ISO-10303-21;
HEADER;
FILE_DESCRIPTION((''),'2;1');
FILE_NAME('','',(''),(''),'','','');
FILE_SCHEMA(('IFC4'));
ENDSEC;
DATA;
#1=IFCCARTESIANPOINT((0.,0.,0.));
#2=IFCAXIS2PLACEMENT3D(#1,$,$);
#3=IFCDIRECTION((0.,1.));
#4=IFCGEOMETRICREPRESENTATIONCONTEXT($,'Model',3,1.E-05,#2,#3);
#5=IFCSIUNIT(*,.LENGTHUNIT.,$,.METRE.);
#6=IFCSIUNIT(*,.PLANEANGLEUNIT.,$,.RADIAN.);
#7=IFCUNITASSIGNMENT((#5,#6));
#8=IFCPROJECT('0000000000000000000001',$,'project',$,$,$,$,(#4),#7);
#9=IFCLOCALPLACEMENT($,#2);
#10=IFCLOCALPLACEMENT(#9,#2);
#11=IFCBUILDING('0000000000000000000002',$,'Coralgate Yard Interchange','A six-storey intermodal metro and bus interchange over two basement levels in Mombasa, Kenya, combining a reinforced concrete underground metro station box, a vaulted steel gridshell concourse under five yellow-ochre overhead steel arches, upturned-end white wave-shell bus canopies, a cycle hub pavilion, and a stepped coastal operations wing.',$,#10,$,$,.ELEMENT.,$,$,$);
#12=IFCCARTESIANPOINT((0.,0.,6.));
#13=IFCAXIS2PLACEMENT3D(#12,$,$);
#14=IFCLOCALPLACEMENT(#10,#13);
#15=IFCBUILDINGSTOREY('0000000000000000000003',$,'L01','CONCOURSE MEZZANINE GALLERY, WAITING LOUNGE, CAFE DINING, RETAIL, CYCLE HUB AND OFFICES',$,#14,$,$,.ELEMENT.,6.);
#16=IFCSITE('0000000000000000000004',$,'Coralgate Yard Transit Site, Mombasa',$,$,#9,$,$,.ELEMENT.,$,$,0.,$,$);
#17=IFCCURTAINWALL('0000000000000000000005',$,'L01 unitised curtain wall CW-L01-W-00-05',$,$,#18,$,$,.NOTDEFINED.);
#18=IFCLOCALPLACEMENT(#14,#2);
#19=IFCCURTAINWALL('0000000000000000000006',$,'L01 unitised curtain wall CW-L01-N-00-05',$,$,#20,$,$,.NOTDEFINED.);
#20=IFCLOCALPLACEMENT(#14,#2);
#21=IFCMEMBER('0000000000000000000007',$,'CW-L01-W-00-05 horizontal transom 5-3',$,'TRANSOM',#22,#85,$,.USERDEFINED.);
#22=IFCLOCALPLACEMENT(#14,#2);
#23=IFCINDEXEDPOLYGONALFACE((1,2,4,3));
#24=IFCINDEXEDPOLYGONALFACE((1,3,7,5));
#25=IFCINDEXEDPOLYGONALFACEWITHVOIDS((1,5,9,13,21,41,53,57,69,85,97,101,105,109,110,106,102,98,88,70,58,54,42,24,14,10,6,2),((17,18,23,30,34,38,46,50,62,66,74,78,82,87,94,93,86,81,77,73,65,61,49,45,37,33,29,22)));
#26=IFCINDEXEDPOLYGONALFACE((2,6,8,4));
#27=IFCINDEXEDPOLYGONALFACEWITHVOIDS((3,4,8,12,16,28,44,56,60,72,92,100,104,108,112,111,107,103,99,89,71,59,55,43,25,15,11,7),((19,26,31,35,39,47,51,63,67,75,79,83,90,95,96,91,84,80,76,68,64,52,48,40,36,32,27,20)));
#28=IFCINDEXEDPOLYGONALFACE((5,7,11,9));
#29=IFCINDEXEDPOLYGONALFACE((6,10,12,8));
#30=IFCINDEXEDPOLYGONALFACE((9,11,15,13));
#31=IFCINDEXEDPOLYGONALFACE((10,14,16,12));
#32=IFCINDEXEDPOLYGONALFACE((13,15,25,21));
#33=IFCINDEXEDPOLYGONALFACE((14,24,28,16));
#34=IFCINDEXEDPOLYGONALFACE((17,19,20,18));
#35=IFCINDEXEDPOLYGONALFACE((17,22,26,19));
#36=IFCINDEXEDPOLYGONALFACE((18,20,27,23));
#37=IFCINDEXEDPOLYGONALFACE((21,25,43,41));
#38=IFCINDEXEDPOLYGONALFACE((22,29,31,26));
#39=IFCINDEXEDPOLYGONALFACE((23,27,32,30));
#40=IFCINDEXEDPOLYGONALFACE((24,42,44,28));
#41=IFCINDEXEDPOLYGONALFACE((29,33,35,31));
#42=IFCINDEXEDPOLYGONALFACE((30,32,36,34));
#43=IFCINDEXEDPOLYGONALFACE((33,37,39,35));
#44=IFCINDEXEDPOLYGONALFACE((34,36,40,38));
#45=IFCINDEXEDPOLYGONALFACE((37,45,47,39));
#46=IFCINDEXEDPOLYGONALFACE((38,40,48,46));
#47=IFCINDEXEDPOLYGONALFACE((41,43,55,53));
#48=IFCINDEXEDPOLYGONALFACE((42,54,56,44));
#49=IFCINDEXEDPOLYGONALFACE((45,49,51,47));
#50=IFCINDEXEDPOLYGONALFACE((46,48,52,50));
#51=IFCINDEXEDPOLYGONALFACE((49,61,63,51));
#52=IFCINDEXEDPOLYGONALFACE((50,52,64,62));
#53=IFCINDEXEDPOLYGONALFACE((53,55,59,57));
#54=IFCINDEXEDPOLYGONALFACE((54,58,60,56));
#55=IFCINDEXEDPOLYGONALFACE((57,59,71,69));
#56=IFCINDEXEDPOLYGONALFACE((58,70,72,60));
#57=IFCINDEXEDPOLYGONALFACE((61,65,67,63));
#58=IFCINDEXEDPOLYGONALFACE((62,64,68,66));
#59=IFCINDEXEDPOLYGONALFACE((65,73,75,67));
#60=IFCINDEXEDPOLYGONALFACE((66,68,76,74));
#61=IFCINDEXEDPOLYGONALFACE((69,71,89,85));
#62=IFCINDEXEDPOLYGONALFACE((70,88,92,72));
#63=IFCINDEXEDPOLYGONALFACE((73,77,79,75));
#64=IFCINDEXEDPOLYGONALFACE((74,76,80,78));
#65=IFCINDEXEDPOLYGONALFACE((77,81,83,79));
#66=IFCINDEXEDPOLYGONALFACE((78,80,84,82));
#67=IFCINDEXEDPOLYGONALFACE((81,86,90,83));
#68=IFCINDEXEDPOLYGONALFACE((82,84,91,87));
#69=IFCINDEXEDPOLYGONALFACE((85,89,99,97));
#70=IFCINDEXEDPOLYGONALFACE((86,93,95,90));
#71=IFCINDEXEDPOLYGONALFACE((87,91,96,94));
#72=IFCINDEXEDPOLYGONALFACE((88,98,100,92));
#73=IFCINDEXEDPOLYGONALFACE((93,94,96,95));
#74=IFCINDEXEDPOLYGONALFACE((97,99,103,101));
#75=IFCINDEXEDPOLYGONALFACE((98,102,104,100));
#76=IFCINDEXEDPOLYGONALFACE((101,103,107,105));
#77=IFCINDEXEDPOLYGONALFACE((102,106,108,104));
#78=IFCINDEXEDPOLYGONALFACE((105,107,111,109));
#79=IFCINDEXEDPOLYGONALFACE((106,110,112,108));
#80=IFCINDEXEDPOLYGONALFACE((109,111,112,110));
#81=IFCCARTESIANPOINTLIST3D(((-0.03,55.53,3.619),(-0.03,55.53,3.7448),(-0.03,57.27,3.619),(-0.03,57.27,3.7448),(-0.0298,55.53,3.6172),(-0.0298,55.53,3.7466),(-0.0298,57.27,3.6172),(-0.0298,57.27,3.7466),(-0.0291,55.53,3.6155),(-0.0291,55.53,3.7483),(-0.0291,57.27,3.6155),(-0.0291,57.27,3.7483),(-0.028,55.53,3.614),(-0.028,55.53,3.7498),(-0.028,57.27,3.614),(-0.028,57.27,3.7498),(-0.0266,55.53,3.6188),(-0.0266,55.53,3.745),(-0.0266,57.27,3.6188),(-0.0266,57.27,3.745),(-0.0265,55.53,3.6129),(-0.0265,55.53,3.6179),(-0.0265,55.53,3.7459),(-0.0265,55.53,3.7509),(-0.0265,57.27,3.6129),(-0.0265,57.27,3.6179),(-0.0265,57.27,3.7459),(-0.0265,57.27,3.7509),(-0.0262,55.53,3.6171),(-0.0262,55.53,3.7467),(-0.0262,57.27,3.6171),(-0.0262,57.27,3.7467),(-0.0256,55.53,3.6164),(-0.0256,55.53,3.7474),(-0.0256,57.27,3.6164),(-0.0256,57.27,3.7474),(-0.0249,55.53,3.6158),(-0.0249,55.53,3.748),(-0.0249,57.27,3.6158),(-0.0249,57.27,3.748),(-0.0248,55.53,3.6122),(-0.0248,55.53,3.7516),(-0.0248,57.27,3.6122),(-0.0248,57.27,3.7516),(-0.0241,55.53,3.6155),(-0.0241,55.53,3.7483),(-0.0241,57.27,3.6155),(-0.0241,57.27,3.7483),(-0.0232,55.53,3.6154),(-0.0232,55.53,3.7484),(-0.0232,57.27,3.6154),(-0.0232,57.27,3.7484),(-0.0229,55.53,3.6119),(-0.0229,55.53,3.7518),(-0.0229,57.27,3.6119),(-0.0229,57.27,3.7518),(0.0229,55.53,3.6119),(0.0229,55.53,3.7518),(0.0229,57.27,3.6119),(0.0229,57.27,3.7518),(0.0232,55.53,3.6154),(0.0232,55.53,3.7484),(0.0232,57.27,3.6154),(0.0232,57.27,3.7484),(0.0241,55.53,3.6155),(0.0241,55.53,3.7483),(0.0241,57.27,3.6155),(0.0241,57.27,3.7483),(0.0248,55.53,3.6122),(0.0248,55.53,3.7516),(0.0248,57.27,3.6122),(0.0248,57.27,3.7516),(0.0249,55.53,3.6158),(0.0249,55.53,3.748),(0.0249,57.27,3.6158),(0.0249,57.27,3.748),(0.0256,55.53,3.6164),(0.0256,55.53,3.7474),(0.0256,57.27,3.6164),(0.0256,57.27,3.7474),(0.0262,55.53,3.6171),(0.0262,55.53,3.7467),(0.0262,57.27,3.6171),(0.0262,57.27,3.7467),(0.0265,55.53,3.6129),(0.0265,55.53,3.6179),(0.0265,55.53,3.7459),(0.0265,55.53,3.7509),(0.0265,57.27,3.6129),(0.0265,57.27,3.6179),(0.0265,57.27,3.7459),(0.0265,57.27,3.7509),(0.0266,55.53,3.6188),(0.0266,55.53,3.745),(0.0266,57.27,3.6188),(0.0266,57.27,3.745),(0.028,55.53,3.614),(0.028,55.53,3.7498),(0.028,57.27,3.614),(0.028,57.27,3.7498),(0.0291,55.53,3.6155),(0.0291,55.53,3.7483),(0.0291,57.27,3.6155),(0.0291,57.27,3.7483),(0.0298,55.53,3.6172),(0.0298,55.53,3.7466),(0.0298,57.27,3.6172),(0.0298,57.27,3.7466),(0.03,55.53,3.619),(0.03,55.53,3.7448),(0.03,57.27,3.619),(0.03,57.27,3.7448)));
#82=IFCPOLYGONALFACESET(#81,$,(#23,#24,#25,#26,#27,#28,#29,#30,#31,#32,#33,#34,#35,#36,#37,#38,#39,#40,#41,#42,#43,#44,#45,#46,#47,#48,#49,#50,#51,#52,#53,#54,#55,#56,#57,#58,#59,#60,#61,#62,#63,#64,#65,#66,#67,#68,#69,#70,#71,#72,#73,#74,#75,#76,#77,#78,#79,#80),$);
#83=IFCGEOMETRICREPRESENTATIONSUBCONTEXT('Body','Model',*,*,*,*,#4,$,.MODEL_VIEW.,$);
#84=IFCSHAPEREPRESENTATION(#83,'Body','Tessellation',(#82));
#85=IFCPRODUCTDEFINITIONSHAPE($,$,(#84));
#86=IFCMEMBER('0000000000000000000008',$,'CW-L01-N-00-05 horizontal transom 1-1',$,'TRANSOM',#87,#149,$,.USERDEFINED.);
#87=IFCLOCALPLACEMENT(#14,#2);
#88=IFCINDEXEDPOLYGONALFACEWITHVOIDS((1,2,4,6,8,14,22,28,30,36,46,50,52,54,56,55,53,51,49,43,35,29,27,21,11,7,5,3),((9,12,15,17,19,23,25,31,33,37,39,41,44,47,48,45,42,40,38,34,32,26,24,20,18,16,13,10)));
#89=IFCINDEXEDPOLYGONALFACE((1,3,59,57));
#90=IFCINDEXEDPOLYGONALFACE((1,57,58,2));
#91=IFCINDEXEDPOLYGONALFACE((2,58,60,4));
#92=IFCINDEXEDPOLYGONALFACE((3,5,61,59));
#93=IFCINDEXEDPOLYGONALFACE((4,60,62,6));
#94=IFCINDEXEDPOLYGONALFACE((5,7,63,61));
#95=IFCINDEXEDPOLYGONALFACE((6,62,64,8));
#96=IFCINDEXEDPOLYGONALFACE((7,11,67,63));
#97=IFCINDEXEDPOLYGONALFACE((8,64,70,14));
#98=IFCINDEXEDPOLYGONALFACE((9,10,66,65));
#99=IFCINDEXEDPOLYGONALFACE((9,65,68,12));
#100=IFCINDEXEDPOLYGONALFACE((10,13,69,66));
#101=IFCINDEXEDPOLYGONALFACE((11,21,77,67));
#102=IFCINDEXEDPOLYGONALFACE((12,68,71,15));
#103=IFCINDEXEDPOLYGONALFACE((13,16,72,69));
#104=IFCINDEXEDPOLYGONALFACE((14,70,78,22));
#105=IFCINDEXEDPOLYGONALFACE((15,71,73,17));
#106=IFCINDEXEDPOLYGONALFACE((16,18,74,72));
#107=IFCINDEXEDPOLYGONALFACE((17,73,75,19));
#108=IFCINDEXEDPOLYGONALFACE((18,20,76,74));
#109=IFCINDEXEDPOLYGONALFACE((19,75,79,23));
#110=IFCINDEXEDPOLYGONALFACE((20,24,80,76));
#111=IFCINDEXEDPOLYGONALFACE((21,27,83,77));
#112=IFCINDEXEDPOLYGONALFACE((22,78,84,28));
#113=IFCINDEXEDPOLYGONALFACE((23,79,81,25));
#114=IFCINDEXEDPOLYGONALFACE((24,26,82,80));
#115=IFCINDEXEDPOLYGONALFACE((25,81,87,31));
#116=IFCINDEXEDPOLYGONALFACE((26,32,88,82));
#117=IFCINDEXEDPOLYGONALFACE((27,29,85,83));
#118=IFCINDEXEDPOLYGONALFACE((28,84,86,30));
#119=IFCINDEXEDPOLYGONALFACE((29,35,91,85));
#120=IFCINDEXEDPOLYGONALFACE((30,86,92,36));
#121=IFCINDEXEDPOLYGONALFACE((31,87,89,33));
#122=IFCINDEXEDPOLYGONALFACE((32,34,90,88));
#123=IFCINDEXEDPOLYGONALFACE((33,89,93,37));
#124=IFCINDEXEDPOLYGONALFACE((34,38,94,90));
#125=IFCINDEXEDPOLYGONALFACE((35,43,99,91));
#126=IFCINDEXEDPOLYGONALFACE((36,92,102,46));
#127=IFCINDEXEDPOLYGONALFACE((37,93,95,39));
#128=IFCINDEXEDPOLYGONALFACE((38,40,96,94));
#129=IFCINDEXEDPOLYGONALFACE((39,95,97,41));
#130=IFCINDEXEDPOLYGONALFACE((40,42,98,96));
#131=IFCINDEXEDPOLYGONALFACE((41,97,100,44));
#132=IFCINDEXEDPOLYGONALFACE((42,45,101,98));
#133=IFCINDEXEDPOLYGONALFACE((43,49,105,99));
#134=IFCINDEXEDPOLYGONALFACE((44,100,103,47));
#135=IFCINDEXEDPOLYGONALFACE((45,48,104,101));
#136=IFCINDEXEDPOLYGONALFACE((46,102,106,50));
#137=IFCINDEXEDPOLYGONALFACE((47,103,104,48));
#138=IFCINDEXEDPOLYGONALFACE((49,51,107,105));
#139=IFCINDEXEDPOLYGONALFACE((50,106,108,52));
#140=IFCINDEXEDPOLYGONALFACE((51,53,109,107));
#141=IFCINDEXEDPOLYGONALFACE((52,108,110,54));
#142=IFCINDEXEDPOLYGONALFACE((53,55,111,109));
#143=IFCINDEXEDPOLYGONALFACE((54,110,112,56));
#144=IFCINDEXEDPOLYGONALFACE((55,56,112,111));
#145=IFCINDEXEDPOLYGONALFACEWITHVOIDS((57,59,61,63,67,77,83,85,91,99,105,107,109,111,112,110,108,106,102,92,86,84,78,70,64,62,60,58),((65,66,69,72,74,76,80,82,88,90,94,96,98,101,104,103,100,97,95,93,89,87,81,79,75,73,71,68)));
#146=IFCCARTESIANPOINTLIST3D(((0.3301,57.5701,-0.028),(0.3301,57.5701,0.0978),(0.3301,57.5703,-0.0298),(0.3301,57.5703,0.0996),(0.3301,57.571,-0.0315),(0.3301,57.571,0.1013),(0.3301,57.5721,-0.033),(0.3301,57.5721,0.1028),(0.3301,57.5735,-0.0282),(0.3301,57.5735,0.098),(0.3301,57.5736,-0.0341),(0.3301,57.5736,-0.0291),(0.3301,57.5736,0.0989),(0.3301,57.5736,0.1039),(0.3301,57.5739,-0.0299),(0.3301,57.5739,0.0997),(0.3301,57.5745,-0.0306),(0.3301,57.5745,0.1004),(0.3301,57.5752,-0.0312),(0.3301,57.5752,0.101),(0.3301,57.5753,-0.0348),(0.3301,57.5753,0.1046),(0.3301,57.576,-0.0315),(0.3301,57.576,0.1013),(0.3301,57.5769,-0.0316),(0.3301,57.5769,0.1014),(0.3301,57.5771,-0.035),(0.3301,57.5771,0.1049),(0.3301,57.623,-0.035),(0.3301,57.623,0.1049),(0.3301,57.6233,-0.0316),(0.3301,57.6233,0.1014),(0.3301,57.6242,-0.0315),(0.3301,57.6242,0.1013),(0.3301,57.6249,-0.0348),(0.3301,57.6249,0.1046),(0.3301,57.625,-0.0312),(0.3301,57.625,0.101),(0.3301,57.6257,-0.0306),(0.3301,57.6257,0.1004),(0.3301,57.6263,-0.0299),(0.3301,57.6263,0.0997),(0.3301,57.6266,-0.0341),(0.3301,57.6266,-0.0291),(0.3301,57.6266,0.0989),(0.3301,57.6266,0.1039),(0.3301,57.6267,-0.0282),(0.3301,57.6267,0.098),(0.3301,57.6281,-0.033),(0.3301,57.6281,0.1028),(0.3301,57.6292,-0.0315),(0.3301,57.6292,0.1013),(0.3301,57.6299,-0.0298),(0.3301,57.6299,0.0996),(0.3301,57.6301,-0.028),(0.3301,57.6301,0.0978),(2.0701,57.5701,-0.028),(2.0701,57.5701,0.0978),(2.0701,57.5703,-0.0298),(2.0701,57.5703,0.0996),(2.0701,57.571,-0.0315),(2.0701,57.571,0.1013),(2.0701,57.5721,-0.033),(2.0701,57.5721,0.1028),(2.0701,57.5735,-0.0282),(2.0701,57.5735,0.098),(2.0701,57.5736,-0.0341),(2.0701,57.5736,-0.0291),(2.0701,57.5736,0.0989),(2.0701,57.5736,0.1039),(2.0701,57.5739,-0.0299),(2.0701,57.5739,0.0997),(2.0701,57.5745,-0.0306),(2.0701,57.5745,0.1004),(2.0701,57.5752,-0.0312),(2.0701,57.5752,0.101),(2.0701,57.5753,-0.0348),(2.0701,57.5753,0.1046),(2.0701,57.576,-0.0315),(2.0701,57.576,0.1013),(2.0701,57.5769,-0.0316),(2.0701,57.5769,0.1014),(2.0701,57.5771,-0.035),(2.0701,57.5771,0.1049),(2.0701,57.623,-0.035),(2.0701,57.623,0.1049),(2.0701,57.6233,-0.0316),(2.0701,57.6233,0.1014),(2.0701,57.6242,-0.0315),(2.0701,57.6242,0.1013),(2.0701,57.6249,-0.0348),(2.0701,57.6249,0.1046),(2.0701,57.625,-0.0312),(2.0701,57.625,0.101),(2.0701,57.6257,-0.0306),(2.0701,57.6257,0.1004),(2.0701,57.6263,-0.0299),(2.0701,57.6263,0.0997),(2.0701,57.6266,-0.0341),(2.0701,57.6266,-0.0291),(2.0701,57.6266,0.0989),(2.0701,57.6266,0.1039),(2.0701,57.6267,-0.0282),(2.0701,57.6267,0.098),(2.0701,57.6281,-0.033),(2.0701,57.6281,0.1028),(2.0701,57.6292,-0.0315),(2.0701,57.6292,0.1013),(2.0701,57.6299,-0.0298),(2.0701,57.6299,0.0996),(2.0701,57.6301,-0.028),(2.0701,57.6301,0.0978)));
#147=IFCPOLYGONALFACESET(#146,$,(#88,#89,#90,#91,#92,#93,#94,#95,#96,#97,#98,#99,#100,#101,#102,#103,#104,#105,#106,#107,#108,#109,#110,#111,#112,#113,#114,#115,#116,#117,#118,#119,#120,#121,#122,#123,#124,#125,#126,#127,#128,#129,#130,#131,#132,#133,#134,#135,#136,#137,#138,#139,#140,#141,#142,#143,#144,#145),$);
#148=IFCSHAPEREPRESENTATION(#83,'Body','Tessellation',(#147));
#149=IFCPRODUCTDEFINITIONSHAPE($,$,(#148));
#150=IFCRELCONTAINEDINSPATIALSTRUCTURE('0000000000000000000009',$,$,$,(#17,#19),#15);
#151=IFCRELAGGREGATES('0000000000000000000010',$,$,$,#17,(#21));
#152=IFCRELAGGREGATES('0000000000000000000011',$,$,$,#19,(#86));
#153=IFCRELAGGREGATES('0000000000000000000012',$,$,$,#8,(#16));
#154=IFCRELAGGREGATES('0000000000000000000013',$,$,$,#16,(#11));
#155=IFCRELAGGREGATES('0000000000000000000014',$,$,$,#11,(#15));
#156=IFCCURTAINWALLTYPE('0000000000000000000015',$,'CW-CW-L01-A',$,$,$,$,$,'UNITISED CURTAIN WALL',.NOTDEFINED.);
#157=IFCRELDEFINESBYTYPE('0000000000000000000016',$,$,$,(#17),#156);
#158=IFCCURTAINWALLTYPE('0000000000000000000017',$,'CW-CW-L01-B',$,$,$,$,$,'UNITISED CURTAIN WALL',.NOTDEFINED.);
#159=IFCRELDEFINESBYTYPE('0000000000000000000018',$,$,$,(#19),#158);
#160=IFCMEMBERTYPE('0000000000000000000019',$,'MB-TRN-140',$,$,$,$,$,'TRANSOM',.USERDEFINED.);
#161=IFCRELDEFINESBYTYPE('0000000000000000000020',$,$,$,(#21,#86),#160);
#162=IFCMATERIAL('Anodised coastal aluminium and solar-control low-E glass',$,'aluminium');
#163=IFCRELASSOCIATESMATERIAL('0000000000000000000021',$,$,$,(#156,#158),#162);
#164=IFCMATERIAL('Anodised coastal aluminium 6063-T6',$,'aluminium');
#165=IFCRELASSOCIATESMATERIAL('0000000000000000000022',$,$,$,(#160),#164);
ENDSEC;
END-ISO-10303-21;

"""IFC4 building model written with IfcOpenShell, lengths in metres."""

from ifc_helpers import new_model, si_unit, direction, frame, origin, origin_2d, place, context, subcontext, project, spatial, hollow_rectangle, extrude, material, material_profile, profile_set, type_object, element, aggregate, save


model = new_model("IFC4")

# Units and contexts
model_context = context("Model", 3, precision=1e-05, world=origin(), true_north=direction((0.0, 1.0)))
body_context = subcontext(model_context, "Body", "Model", "MODEL_VIEW")
ifc_project = project(units=[si_unit("LENGTHUNIT", "METRE"), si_unit("PLANEANGLEUNIT", "RADIAN")], contexts=[model_context])

# Site, building, storey
site_placement = place(None, origin())
site = spatial("IfcSite", under=ifc_project, at=site_placement, Name="Coralgate Yard Transit Site, Mombasa", CompositionType="ELEMENT", RefElevation=0.0)
building_placement = place(site_placement, origin())
building = spatial("IfcBuilding", under=site, at=building_placement, Name="Coralgate Yard Interchange", Description="A six-storey intermodal metro and bus interchange over two basement levels in Mombasa, Kenya, combining a reinforced concrete underground metro station box, a vaulted steel gridshell concourse under five yellow-ochre overhead steel arches, upturned-end white wave-shell bus canopies, a cycle hub pavilion, and a stepped coastal operations wing.", CompositionType="ELEMENT")
storey_placement = place(building_placement, frame((0.0, 0.0, 6.0)))
storey = spatial("IfcBuildingStorey", under=building, at=storey_placement, Name="L01", Description="CONCOURSE MEZZANINE GALLERY, WAITING LOUNGE, CAFE DINING, RETAIL, CYCLE HUB AND OFFICES", CompositionType="ELEMENT", Elevation=6.0)

# Curtain walls
ifc_material_1 = material(Name="Anodised coastal aluminium and solar-control low-E glass", Category="aluminium")
curtain_wall_type_1 = type_object("IfcCurtainWallType", Name="CW-CW-L01-A", ElementType="UNITISED CURTAIN WALL", PredefinedType="NOTDEFINED", material=ifc_material_1)
curtain_wall_1_placement = place(storey_placement, origin())
curtain_wall_1 = element("IfcCurtainWall", 1, at=curtain_wall_1_placement, inside=storey, type_object=curtain_wall_type_1, Name="L01 unitised curtain wall CW-L01-W-00-05", PredefinedType="NOTDEFINED")
ifc_material_2 = material(Name="Anodised coastal aluminium 6063-T6", Category="aluminium")
curtain_wall_type_2 = type_object("IfcCurtainWallType", Name="CW-CW-L01-B", ElementType="UNITISED CURTAIN WALL", PredefinedType="NOTDEFINED", material=ifc_material_1)
curtain_wall_2_placement = place(storey_placement, origin())
curtain_wall_2 = element("IfcCurtainWall", 2, at=curtain_wall_2_placement, inside=storey, type_object=curtain_wall_type_2, Name="L01 unitised curtain wall CW-L01-N-00-05", PredefinedType="NOTDEFINED")

# Members
ifc_material_profile_1 = material_profile(ifc_material_2, hollow_rectangle(XDim=0.0601, YDim=0.1399, WallThickness=0.0034, InnerFilletRadius=0.0034, OuterFilletRadius=0.0071, at=origin_2d()), Name="ALU 60x140x3.5")
ifc_profile_set_1 = profile_set([ifc_material_profile_1], Name="Anodised coastal aluminium 6063-T6")
member_type_1 = type_object("IfcMemberType", Name="MB-TRN-140", ElementType="TRANSOM", PredefinedType="USERDEFINED", material=ifc_profile_set_1)
member_1_placement = place(storey_placement, frame((0.0, 55.53, 3.6819), z_axis=(0.0, 1.0, 0.0), x_axis=(-1.0, 0.0, 0.0)))
member_1 = element("IfcMember", 3, at=member_1_placement, type_object=member_type_1, Name="CW-L01-W-00-05 horizontal transom 5-3", ObjectType="TRANSOM", PredefinedType="USERDEFINED", context=body_context, shape_type="SweptSolid", body=[
    extrude(hollow_rectangle(XDim=0.0601, YDim=0.1399, WallThickness=0.0034, InnerFilletRadius=0.0034, OuterFilletRadius=0.0071, at=origin_2d()), origin(), (0.0, 0.0, 1.0), 1.74),
])
member_2_placement = place(storey_placement, frame((0.3301, 57.6001, 0.0349), z_axis=(1.0, 0.0, 0.0), x_axis=(0.0, 1.0, 0.0)))
member_2 = element("IfcMember", 4, at=member_2_placement, type_object=member_type_1, Name="CW-L01-N-00-05 horizontal transom 1-1", ObjectType="TRANSOM", PredefinedType="USERDEFINED", context=body_context, shape_type="SweptSolid", body=[
    extrude(hollow_rectangle(XDim=0.0601, YDim=0.1399, WallThickness=0.0034, InnerFilletRadius=0.0034, OuterFilletRadius=0.0071, at=origin_2d()), origin(), (0.0, 0.0, 1.0), 1.74),
])

aggregate(curtain_wall_1, [member_1])
aggregate(curtain_wall_2, [member_2])

save(model, "model.ifc")
